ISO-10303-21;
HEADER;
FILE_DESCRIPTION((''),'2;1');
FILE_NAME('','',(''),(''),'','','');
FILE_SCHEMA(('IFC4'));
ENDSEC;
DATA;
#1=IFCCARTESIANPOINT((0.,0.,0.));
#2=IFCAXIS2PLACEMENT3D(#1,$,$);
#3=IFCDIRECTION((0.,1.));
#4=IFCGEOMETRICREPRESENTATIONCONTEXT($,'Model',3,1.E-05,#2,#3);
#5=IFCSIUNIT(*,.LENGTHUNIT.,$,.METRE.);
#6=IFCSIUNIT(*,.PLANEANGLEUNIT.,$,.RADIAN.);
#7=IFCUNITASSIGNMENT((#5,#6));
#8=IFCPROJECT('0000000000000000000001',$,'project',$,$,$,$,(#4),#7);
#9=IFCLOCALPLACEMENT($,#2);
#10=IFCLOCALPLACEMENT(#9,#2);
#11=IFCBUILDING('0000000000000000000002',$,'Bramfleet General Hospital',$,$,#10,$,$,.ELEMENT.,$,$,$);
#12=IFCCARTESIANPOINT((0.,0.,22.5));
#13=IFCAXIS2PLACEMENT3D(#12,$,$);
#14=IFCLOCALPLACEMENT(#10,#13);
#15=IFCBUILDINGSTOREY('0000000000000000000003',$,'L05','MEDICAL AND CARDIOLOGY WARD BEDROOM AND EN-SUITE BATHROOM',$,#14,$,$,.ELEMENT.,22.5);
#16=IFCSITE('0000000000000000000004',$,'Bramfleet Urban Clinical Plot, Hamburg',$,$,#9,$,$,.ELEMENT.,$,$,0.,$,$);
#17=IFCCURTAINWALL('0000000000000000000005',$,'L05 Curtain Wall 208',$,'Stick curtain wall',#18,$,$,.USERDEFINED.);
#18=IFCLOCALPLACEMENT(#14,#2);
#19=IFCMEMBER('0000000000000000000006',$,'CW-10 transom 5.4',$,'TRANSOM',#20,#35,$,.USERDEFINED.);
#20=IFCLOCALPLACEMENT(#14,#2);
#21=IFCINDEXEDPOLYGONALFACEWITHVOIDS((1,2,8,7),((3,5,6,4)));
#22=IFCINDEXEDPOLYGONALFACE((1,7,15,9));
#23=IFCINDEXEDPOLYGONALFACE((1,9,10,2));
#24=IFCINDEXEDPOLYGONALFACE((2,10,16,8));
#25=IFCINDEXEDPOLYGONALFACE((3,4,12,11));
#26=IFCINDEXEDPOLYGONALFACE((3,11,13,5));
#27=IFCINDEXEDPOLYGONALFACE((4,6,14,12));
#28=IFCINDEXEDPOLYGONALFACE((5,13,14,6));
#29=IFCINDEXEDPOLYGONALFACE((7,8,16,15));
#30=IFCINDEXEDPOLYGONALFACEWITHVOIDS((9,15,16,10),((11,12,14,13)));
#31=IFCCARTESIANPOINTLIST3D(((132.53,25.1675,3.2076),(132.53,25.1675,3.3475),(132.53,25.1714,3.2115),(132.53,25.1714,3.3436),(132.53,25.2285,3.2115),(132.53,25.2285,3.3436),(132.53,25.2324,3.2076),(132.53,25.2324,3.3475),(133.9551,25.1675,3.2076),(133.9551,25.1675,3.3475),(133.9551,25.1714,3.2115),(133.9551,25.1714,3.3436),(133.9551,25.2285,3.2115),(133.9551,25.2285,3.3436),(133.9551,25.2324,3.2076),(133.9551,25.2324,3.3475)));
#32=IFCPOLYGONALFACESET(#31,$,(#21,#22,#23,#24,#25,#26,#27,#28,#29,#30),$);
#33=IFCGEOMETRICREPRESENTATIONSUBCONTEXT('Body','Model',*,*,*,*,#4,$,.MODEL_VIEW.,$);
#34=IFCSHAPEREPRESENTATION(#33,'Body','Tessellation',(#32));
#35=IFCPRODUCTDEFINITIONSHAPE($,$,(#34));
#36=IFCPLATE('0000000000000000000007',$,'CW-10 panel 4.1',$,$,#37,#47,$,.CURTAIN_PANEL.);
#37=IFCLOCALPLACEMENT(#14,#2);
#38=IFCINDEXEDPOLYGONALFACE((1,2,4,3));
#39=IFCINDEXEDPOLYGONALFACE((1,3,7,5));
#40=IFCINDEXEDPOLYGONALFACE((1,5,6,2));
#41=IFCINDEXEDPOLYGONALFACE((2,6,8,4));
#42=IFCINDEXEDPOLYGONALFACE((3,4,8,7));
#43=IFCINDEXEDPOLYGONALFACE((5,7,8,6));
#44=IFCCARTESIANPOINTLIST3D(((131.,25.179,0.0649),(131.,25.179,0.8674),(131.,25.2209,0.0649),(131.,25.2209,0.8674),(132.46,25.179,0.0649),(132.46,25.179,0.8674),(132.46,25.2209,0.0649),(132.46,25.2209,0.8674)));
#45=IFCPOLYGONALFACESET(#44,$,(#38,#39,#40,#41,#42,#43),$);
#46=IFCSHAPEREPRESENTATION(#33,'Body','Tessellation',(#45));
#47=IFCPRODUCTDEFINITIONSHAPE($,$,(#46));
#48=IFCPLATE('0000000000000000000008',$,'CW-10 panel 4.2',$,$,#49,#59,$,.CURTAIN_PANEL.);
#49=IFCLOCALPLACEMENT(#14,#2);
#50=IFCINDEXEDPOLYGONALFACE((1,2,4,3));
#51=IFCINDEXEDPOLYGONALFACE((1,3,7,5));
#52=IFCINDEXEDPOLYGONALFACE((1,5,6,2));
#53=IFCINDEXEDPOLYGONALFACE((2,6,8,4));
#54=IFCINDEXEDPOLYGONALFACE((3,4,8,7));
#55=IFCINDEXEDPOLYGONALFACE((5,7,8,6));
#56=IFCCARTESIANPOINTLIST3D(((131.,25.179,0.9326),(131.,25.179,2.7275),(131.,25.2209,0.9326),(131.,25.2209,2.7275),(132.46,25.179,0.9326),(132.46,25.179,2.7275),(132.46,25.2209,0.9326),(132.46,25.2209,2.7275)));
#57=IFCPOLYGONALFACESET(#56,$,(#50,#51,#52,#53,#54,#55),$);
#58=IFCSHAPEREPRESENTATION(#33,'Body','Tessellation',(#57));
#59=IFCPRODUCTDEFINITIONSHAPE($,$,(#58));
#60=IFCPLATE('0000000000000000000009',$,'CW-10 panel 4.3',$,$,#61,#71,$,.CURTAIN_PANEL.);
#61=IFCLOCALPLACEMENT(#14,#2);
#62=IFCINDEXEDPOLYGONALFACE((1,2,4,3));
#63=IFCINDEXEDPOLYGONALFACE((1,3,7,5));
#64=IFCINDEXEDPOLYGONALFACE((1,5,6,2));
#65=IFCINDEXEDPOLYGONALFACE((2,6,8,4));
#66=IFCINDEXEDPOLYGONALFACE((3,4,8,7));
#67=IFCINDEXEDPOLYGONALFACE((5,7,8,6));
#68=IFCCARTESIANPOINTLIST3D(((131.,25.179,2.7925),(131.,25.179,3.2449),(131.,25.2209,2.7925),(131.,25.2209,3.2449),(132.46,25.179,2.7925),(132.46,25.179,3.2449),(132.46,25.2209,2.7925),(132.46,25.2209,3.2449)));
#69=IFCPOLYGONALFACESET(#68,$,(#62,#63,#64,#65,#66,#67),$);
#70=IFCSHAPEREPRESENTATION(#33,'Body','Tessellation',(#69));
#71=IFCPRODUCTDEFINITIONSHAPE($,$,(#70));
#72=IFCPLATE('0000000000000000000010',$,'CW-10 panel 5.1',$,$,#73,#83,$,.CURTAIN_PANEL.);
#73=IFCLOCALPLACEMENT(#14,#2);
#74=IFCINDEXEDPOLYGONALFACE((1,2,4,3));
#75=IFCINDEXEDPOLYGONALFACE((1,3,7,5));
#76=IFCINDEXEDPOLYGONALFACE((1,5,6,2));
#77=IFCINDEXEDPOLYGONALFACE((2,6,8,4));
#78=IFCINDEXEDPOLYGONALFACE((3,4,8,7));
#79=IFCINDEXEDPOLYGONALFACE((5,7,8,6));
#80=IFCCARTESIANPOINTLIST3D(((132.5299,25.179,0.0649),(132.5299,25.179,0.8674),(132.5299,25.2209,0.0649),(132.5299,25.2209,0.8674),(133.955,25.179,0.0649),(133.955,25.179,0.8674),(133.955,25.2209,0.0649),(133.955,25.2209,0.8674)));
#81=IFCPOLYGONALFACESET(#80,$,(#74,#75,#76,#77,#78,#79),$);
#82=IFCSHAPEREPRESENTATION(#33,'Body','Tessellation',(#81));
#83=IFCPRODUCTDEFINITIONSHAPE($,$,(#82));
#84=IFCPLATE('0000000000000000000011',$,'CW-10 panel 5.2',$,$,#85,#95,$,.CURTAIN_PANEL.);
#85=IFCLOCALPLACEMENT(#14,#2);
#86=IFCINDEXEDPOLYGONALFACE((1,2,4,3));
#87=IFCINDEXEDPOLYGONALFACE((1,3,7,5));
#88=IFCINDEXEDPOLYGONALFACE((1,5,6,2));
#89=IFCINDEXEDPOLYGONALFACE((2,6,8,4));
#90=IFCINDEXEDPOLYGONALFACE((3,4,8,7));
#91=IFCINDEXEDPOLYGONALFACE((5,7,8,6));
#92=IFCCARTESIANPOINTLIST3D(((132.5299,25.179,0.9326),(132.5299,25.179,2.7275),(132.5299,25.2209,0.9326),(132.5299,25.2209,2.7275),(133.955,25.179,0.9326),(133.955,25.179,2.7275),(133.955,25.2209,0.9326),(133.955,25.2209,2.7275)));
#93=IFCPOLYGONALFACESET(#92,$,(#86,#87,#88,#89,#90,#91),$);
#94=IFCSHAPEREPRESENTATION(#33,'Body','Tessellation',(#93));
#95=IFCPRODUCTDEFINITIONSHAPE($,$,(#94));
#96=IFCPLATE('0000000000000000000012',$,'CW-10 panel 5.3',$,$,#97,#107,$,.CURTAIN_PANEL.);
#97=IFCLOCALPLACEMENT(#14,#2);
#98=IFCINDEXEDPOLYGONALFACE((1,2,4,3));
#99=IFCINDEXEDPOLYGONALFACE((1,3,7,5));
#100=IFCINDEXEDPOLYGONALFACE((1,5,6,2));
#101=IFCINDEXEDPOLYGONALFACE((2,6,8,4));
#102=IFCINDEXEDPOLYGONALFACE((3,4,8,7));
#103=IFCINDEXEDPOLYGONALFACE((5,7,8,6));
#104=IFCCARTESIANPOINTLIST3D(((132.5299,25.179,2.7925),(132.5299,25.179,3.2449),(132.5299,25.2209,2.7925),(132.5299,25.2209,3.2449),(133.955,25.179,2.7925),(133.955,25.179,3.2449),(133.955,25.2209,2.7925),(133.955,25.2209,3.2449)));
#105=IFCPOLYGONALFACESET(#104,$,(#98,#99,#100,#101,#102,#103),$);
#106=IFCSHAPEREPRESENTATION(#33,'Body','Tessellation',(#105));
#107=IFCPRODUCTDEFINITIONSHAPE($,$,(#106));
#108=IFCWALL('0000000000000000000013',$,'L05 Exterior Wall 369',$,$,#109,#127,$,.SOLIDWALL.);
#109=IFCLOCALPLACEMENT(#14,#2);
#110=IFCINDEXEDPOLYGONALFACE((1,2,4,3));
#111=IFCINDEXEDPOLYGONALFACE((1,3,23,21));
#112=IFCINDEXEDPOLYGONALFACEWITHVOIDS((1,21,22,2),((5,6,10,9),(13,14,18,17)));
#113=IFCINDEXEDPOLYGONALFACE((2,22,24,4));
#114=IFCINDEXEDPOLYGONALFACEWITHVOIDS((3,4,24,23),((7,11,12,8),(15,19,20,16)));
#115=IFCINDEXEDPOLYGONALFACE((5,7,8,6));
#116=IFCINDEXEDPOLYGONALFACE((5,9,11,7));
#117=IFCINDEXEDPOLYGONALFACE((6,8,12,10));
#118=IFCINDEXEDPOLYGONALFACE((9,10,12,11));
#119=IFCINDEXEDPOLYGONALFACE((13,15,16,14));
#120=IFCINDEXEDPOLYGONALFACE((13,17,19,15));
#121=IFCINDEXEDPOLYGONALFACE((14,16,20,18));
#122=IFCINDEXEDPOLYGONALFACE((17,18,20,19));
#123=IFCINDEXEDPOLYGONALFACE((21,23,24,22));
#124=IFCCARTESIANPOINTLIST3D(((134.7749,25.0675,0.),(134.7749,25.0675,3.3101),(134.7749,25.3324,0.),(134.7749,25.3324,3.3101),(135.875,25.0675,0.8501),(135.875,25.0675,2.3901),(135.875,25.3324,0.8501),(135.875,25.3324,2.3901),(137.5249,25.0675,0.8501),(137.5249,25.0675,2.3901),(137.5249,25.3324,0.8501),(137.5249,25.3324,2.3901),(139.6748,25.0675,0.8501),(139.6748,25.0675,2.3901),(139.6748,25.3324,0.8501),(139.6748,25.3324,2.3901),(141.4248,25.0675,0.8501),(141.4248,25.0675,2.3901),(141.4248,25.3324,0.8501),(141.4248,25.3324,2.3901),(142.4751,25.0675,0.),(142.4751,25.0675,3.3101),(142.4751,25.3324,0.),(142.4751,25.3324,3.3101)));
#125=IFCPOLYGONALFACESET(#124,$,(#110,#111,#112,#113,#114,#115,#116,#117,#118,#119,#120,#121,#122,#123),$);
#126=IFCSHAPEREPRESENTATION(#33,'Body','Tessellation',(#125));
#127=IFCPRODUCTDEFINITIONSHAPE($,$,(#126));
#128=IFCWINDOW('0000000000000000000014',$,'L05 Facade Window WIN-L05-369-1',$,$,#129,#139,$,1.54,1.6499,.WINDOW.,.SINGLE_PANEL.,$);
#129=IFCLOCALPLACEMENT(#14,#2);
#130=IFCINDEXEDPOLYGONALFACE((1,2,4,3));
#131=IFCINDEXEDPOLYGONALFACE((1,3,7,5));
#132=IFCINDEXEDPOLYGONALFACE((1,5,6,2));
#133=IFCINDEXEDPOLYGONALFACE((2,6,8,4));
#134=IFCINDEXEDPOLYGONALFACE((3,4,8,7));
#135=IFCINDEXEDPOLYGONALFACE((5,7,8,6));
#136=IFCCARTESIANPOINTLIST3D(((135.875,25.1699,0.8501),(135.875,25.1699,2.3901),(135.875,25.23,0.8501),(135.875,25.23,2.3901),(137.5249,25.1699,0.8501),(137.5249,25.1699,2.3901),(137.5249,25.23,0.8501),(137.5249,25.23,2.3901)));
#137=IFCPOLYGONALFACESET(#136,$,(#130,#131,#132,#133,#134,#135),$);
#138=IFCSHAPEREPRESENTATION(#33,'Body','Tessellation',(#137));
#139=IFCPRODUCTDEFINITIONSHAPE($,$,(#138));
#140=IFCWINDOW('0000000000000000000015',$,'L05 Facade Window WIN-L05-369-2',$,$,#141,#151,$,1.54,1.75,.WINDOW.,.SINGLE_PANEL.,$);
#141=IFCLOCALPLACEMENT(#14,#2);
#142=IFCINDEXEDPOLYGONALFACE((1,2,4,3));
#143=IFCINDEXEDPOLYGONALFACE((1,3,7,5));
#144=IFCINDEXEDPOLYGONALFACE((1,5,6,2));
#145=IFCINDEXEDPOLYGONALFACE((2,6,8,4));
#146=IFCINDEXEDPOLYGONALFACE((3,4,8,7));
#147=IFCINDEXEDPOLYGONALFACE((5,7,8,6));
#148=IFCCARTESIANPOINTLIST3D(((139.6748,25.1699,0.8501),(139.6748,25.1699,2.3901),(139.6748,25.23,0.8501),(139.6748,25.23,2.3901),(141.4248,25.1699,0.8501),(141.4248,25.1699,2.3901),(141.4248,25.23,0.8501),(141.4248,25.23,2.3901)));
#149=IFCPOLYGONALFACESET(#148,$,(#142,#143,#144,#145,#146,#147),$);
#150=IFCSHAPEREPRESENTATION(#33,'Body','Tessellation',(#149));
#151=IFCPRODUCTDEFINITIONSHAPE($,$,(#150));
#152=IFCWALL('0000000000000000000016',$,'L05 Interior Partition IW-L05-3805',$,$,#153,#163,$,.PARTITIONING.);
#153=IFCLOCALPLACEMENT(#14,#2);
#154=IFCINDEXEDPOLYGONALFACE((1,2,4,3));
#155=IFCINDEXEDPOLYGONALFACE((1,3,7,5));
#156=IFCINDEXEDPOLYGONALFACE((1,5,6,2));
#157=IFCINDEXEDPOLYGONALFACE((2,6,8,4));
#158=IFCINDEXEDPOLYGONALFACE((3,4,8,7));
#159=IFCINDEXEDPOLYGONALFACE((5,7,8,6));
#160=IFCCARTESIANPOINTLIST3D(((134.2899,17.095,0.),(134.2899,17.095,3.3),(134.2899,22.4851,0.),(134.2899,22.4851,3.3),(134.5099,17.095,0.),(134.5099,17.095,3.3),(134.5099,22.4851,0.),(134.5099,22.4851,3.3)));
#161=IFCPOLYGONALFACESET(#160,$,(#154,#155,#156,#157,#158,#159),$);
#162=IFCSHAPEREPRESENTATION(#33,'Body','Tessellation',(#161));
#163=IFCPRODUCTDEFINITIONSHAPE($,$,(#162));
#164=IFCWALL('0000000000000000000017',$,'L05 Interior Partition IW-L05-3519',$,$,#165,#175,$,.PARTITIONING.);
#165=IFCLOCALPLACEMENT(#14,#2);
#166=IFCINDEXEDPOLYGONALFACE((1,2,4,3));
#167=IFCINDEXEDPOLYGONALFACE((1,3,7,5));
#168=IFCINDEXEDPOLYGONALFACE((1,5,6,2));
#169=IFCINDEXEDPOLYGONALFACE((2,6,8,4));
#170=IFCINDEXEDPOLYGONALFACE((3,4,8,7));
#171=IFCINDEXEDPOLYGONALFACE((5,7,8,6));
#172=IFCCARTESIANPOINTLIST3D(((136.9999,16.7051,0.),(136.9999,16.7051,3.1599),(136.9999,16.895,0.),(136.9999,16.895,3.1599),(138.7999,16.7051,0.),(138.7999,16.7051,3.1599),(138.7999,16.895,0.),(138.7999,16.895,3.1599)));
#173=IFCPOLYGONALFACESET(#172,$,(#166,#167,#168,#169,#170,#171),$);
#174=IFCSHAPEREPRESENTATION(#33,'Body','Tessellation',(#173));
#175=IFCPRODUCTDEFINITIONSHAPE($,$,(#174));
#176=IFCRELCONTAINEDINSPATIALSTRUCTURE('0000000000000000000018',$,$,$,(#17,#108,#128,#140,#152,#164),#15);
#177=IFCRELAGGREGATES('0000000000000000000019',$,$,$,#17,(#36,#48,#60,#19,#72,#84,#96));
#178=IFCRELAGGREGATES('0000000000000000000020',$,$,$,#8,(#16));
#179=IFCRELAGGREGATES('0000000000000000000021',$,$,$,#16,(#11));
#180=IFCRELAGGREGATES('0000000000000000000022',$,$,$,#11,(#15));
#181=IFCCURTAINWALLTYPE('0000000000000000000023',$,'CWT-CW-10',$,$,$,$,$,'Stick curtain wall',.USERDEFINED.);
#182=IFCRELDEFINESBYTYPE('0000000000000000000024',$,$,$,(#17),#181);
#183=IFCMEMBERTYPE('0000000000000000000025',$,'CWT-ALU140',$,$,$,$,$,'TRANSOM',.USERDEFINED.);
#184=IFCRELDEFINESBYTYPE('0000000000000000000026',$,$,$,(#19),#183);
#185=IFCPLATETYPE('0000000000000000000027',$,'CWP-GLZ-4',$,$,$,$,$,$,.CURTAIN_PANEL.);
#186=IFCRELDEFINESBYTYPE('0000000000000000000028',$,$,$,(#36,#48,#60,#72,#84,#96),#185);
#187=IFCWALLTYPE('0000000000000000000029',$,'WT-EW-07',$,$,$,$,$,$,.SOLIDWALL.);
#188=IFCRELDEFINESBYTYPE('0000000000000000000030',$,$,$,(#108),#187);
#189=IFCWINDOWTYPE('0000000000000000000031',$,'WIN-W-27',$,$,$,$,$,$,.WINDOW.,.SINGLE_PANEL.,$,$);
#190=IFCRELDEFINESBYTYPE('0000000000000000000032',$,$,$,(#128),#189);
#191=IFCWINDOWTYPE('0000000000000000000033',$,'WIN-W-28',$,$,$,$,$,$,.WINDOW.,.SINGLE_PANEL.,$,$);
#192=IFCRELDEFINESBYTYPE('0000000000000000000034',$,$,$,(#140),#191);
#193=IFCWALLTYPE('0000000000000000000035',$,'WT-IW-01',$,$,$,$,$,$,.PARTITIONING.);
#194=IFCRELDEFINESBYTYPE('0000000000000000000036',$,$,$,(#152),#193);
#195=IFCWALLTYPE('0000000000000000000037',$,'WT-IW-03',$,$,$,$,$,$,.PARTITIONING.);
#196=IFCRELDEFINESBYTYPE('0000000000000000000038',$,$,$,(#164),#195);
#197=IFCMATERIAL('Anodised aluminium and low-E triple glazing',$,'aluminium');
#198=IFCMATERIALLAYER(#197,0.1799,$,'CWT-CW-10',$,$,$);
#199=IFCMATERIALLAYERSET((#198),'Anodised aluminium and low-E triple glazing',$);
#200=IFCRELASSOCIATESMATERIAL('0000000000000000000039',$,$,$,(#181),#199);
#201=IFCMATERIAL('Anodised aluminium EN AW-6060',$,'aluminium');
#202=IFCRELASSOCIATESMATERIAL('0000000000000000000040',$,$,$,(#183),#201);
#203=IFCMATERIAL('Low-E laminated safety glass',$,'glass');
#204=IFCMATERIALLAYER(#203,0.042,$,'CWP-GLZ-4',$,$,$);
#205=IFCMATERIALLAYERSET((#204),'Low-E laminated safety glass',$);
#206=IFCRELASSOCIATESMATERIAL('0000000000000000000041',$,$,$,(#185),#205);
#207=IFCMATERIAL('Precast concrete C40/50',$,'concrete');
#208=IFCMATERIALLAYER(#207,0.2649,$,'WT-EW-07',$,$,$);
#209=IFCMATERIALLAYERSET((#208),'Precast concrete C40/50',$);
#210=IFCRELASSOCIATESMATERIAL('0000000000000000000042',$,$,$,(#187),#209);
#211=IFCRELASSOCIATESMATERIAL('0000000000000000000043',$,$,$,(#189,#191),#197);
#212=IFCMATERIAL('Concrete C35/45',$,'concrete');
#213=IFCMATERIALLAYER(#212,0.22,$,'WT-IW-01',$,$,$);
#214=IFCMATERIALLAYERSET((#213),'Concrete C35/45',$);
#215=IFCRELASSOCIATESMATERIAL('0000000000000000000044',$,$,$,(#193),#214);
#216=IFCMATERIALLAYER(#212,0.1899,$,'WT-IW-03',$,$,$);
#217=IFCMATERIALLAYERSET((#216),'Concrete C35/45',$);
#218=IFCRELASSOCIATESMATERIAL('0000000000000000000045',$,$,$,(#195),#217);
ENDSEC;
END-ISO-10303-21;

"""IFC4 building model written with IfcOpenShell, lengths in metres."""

from ifc_helpers import new_model, si_unit, direction, frame, frame_2d, origin, origin_2d, place, context, subcontext, project, spatial, rectangle, hollow_rectangle, extrude, material, layer, layer_set, material_profile, profile_set, type_object, element, fill, aggregate, save


model = new_model("IFC4")

# Units and contexts
model_context = context("Model", 3, precision=1e-05, world=origin(), true_north=direction((0.0, 1.0)))
body_context = subcontext(model_context, "Body", "Model", "MODEL_VIEW")
ifc_project = project(units=[si_unit("LENGTHUNIT", "METRE"), si_unit("PLANEANGLEUNIT", "RADIAN")], contexts=[model_context])

# Site, building, storey
site_placement = place(None, origin())
site = spatial("IfcSite", under=ifc_project, at=site_placement, Name="Bramfleet Urban Clinical Plot, Hamburg", CompositionType="ELEMENT", RefElevation=0.0)
building_placement = place(site_placement, origin())
building = spatial("IfcBuilding", under=site, at=building_placement, Name="Bramfleet General Hospital", CompositionType="ELEMENT")
storey_placement = place(building_placement, frame((0.0, 0.0, 22.5)))
storey = spatial("IfcBuildingStorey", under=building, at=storey_placement, Name="L05", Description="MEDICAL AND CARDIOLOGY WARD BEDROOM AND EN-SUITE BATHROOM", CompositionType="ELEMENT", Elevation=22.5)

# Curtain wall, member, plates
ifc_material_1 = material(Name="Anodised aluminium and low-E triple glazing", Category="aluminium")
ifc_layer_1 = layer(ifc_material_1, 0.1799, Name="CWT-CW-10")
ifc_layer_set_1 = layer_set([ifc_layer_1], Name="Anodised aluminium and low-E triple glazing")
curtain_wall_type = type_object("IfcCurtainWallType", Name="CWT-CW-10", ElementType="Stick curtain wall", PredefinedType="USERDEFINED", material=ifc_layer_set_1)
curtain_wall_placement = place(storey_placement, origin())
curtain_wall = element("IfcCurtainWall", 1, at=curtain_wall_placement, inside=storey, type_object=curtain_wall_type, Name="L05 Curtain Wall 208", ObjectType="Stick curtain wall", PredefinedType="USERDEFINED")
ifc_material_2 = material(Name="Anodised aluminium EN AW-6060", Category="aluminium")
ifc_material_profile_1 = material_profile(ifc_material_2, hollow_rectangle(XDim=0.0649, YDim=0.1399, WallThickness=0.0039, at=origin_2d()), Name="ALU 140x65x4.0")
ifc_profile_set_1 = profile_set([ifc_material_profile_1], Name="Anodised aluminium EN AW-6060")
member_type_1 = type_object("IfcMemberType", Name="CWT-ALU140", ElementType="TRANSOM", PredefinedType="USERDEFINED", material=ifc_profile_set_1)
member_1_placement = place(storey_placement, frame((132.53, 25.2, 3.2776), z_axis=(1.0, 0.0, 0.0), x_axis=(0.0, 1.0, 0.0)))
member_1 = element("IfcMember", 2, at=member_1_placement, type_object=member_type_1, Name="CW-10 transom 5.4", ObjectType="TRANSOM", PredefinedType="USERDEFINED", context=body_context, shape_type="SweptSolid", body=[
    extrude(hollow_rectangle(XDim=0.0649, YDim=0.1399, WallThickness=0.0039, at=origin_2d()), origin(), (0.0, 0.0, 1.0), 1.425),
])
ifc_material_3 = material(Name="Low-E laminated safety glass", Category="glass")
ifc_layer_2 = layer(ifc_material_3, 0.042, Name="CWP-GLZ-4")
ifc_layer_set_2 = layer_set([ifc_layer_2], Name="Low-E laminated safety glass")
plate_type = type_object("IfcPlateType", Name="CWP-GLZ-4", PredefinedType="CURTAIN_PANEL", material=ifc_layer_set_2)
plate_1_placement = place(storey_placement, frame((131.73, 25.2, 0.0649), z_axis=(0.0, 0.0, 1.0), x_axis=(1.0, 0.0, 0.0)))
plate_1 = element("IfcPlate", 3, at=plate_1_placement, type_object=plate_type, Name="CW-10 panel 4.1", PredefinedType="CURTAIN_PANEL", context=body_context, shape_type="SweptSolid", body=[
    extrude(rectangle(XDim=1.46, YDim=0.042, at=origin_2d()), origin(), (0.0, 0.0, 1.0), 0.8025),
])
plate_2_placement = place(storey_placement, frame((131.73, 25.2, 0.9326), z_axis=(0.0, 0.0, 1.0), x_axis=(1.0, 0.0, 0.0)))
plate_2 = element("IfcPlate", 4, at=plate_2_placement, type_object=plate_type, Name="CW-10 panel 4.2", PredefinedType="CURTAIN_PANEL", context=body_context, shape_type="SweptSolid", body=[
    extrude(rectangle(XDim=1.46, YDim=0.042, at=origin_2d()), origin(), (0.0, 0.0, 1.0), 1.7949),
])
plate_3_placement = place(storey_placement, frame((131.73, 25.2, 2.7925), z_axis=(0.0, 0.0, 1.0), x_axis=(1.0, 0.0, 0.0)))
plate_3 = element("IfcPlate", 5, at=plate_3_placement, type_object=plate_type, Name="CW-10 panel 4.3", PredefinedType="CURTAIN_PANEL", context=body_context, shape_type="SweptSolid", body=[
    extrude(rectangle(XDim=1.46, YDim=0.042, at=origin_2d()), origin(), (0.0, 0.0, 1.0), 0.4524),
])
plate_4_placement = place(storey_placement, frame((133.2424, 25.2, 0.0649), z_axis=(0.0, 0.0, 1.0), x_axis=(1.0, 0.0, 0.0)))
plate_4 = element("IfcPlate", 6, at=plate_4_placement, type_object=plate_type, Name="CW-10 panel 5.1", PredefinedType="CURTAIN_PANEL", context=body_context, shape_type="SweptSolid", body=[
    extrude(rectangle(XDim=1.425, YDim=0.042, at=origin_2d()), origin(), (0.0, 0.0, 1.0), 0.8025),
])
plate_5_placement = place(storey_placement, frame((133.2424, 25.2, 0.9326), z_axis=(0.0, 0.0, 1.0), x_axis=(1.0, 0.0, 0.0)))
plate_5 = element("IfcPlate", 7, at=plate_5_placement, type_object=plate_type, Name="CW-10 panel 5.2", PredefinedType="CURTAIN_PANEL", context=body_context, shape_type="SweptSolid", body=[
    extrude(rectangle(XDim=1.425, YDim=0.042, at=origin_2d()), origin(), (0.0, 0.0, 1.0), 1.7949),
])
plate_6_placement = place(storey_placement, frame((133.2424, 25.2, 2.7925), z_axis=(0.0, 0.0, 1.0), x_axis=(1.0, 0.0, 0.0)))
plate_6 = element("IfcPlate", 8, at=plate_6_placement, type_object=plate_type, Name="CW-10 panel 5.3", PredefinedType="CURTAIN_PANEL", context=body_context, shape_type="SweptSolid", body=[
    extrude(rectangle(XDim=1.425, YDim=0.042, at=origin_2d()), origin(), (0.0, 0.0, 1.0), 0.4524),
])
aggregate(curtain_wall, [plate_1, plate_2, plate_3, member_1, plate_4, plate_5, plate_6])

# Wall, openings, windows
ifc_material_4 = material(Name="Precast concrete C40/50", Category="concrete")
ifc_layer_3 = layer(ifc_material_4, 0.2649, Name="WT-EW-07")
ifc_layer_set_3 = layer_set([ifc_layer_3], Name="Precast concrete C40/50")
wall_type_1 = type_object("IfcWallType", Name="WT-EW-07", PredefinedType="SOLIDWALL", material=ifc_layer_set_3)
wall_1_placement = place(storey_placement, frame((134.7749, 25.2, 0.0), z_axis=(0.0, 0.0, 1.0), x_axis=(1.0, 0.0, 0.0)))
wall_1 = element("IfcWall", 9, at=wall_1_placement, inside=storey, type_object=wall_type_1, Name="L05 Exterior Wall 369", PredefinedType="SOLIDWALL", context=body_context, shape_type="SweptSolid", body=[
    extrude(rectangle(XDim=7.7002, YDim=0.2649, at=frame_2d((3.8501, 0.0))), origin(), (0.0, 0.0, 1.0), 3.3101),
])
opening_1_placement = place(wall_1_placement, frame((1.1001, 0.0, 0.8501)))
opening_1 = element("IfcOpeningElement", 10, at=opening_1_placement, cuts=wall_1, PredefinedType="OPENING", context=body_context, shape_type="SweptSolid", body=[
    extrude(rectangle(XDim=1.6499, YDim=1.54, at=frame_2d((0.825, 0.77))), frame((0.0, 0.1423, 0.0), z_axis=(0.0, -1.0, 0.0), x_axis=(1.0, 0.0, 0.0)), (0.0, 0.0, 1.0), 0.2849),
])
opening_2_placement = place(wall_1_placement, frame((4.8999, 0.0, 0.8501)))
opening_2 = element("IfcOpeningElement", 11, at=opening_2_placement, cuts=wall_1, PredefinedType="OPENING", context=body_context, shape_type="SweptSolid", body=[
    extrude(rectangle(XDim=1.75, YDim=1.54, at=frame_2d((0.875, 0.77))), frame((0.0, 0.1423, 0.0), z_axis=(0.0, -1.0, 0.0), x_axis=(1.0, 0.0, 0.0)), (0.0, 0.0, 1.0), 0.2849),
])
window_type_1 = type_object("IfcWindowType", Name="WIN-W-27", PartitioningType="SINGLE_PANEL", PredefinedType="WINDOW", material=ifc_material_1)
window_1_placement = place(opening_1_placement, origin())
window_1 = element("IfcWindow", 12, at=window_1_placement, inside=storey, type_object=window_type_1, Name="L05 Facade Window WIN-L05-369-1", OverallHeight=1.54, OverallWidth=1.6499, PartitioningType="SINGLE_PANEL", PredefinedType="WINDOW", context=body_context, shape_type="SweptSolid", body=[
    extrude(rectangle(XDim=1.6499, YDim=1.54, at=frame_2d((0.825, 0.77))), frame((0.0, 0.03, 0.0), z_axis=(0.0, -1.0, 0.0), x_axis=(1.0, 0.0, 0.0)), (0.0, 0.0, 1.0), 0.0601),
])
fill(opening_1, window_1)
window_type_2 = type_object("IfcWindowType", Name="WIN-W-28", PartitioningType="SINGLE_PANEL", PredefinedType="WINDOW", material=ifc_material_1)
window_2_placement = place(opening_2_placement, origin())
window_2 = element("IfcWindow", 13, at=window_2_placement, inside=storey, type_object=window_type_2, Name="L05 Facade Window WIN-L05-369-2", OverallHeight=1.54, OverallWidth=1.75, PartitioningType="SINGLE_PANEL", PredefinedType="WINDOW", context=body_context, shape_type="SweptSolid", body=[
    extrude(rectangle(XDim=1.75, YDim=1.54, at=frame_2d((0.875, 0.77))), frame((0.0, 0.03, 0.0), z_axis=(0.0, -1.0, 0.0), x_axis=(1.0, 0.0, 0.0)), (0.0, 0.0, 1.0), 0.0601),
])
fill(opening_2, window_2)

# Walls
ifc_material_5 = material(Name="Concrete C35/45", Category="concrete")
ifc_layer_4 = layer(ifc_material_5, 0.22, Name="WT-IW-01")
ifc_layer_set_4 = layer_set([ifc_layer_4], Name="Concrete C35/45")
wall_type_2 = type_object("IfcWallType", Name="WT-IW-01", PredefinedType="PARTITIONING", material=ifc_layer_set_4)
wall_2_placement = place(storey_placement, frame((134.3999, 17.095, 0.0), z_axis=(0.0, 0.0, 1.0), x_axis=(0.0, 1.0, 0.0)))
element("IfcWall", 14, at=wall_2_placement, inside=storey, type_object=wall_type_2, Name="L05 Interior Partition IW-L05-3805", PredefinedType="PARTITIONING", context=body_context, shape_type="SweptSolid", body=[
    extrude(rectangle(XDim=5.3901, YDim=0.22, at=frame_2d((2.6951, 0.0))), origin(), (0.0, 0.0, 1.0), 3.3),
])
ifc_layer_5 = layer(ifc_material_5, 0.1899, Name="WT-IW-03")
ifc_layer_set_5 = layer_set([ifc_layer_5], Name="Concrete C35/45")
wall_type_3 = type_object("IfcWallType", Name="WT-IW-03", PredefinedType="PARTITIONING", material=ifc_layer_set_5)
wall_3_placement = place(storey_placement, frame((137.0, 16.8, 0.0), z_axis=(0.0, 0.0, 1.0), x_axis=(1.0, 0.0, 0.0)))
element("IfcWall", 15, at=wall_3_placement, inside=storey, type_object=wall_type_3, Name="L05 Interior Partition IW-L05-3519", PredefinedType="PARTITIONING", context=body_context, shape_type="SweptSolid", body=[
    extrude(rectangle(XDim=1.8, YDim=0.1899, at=frame_2d((0.8999, 0.0))), origin(), (0.0, 0.0, 1.0), 3.1599),
])

save(model, "model.ifc")
